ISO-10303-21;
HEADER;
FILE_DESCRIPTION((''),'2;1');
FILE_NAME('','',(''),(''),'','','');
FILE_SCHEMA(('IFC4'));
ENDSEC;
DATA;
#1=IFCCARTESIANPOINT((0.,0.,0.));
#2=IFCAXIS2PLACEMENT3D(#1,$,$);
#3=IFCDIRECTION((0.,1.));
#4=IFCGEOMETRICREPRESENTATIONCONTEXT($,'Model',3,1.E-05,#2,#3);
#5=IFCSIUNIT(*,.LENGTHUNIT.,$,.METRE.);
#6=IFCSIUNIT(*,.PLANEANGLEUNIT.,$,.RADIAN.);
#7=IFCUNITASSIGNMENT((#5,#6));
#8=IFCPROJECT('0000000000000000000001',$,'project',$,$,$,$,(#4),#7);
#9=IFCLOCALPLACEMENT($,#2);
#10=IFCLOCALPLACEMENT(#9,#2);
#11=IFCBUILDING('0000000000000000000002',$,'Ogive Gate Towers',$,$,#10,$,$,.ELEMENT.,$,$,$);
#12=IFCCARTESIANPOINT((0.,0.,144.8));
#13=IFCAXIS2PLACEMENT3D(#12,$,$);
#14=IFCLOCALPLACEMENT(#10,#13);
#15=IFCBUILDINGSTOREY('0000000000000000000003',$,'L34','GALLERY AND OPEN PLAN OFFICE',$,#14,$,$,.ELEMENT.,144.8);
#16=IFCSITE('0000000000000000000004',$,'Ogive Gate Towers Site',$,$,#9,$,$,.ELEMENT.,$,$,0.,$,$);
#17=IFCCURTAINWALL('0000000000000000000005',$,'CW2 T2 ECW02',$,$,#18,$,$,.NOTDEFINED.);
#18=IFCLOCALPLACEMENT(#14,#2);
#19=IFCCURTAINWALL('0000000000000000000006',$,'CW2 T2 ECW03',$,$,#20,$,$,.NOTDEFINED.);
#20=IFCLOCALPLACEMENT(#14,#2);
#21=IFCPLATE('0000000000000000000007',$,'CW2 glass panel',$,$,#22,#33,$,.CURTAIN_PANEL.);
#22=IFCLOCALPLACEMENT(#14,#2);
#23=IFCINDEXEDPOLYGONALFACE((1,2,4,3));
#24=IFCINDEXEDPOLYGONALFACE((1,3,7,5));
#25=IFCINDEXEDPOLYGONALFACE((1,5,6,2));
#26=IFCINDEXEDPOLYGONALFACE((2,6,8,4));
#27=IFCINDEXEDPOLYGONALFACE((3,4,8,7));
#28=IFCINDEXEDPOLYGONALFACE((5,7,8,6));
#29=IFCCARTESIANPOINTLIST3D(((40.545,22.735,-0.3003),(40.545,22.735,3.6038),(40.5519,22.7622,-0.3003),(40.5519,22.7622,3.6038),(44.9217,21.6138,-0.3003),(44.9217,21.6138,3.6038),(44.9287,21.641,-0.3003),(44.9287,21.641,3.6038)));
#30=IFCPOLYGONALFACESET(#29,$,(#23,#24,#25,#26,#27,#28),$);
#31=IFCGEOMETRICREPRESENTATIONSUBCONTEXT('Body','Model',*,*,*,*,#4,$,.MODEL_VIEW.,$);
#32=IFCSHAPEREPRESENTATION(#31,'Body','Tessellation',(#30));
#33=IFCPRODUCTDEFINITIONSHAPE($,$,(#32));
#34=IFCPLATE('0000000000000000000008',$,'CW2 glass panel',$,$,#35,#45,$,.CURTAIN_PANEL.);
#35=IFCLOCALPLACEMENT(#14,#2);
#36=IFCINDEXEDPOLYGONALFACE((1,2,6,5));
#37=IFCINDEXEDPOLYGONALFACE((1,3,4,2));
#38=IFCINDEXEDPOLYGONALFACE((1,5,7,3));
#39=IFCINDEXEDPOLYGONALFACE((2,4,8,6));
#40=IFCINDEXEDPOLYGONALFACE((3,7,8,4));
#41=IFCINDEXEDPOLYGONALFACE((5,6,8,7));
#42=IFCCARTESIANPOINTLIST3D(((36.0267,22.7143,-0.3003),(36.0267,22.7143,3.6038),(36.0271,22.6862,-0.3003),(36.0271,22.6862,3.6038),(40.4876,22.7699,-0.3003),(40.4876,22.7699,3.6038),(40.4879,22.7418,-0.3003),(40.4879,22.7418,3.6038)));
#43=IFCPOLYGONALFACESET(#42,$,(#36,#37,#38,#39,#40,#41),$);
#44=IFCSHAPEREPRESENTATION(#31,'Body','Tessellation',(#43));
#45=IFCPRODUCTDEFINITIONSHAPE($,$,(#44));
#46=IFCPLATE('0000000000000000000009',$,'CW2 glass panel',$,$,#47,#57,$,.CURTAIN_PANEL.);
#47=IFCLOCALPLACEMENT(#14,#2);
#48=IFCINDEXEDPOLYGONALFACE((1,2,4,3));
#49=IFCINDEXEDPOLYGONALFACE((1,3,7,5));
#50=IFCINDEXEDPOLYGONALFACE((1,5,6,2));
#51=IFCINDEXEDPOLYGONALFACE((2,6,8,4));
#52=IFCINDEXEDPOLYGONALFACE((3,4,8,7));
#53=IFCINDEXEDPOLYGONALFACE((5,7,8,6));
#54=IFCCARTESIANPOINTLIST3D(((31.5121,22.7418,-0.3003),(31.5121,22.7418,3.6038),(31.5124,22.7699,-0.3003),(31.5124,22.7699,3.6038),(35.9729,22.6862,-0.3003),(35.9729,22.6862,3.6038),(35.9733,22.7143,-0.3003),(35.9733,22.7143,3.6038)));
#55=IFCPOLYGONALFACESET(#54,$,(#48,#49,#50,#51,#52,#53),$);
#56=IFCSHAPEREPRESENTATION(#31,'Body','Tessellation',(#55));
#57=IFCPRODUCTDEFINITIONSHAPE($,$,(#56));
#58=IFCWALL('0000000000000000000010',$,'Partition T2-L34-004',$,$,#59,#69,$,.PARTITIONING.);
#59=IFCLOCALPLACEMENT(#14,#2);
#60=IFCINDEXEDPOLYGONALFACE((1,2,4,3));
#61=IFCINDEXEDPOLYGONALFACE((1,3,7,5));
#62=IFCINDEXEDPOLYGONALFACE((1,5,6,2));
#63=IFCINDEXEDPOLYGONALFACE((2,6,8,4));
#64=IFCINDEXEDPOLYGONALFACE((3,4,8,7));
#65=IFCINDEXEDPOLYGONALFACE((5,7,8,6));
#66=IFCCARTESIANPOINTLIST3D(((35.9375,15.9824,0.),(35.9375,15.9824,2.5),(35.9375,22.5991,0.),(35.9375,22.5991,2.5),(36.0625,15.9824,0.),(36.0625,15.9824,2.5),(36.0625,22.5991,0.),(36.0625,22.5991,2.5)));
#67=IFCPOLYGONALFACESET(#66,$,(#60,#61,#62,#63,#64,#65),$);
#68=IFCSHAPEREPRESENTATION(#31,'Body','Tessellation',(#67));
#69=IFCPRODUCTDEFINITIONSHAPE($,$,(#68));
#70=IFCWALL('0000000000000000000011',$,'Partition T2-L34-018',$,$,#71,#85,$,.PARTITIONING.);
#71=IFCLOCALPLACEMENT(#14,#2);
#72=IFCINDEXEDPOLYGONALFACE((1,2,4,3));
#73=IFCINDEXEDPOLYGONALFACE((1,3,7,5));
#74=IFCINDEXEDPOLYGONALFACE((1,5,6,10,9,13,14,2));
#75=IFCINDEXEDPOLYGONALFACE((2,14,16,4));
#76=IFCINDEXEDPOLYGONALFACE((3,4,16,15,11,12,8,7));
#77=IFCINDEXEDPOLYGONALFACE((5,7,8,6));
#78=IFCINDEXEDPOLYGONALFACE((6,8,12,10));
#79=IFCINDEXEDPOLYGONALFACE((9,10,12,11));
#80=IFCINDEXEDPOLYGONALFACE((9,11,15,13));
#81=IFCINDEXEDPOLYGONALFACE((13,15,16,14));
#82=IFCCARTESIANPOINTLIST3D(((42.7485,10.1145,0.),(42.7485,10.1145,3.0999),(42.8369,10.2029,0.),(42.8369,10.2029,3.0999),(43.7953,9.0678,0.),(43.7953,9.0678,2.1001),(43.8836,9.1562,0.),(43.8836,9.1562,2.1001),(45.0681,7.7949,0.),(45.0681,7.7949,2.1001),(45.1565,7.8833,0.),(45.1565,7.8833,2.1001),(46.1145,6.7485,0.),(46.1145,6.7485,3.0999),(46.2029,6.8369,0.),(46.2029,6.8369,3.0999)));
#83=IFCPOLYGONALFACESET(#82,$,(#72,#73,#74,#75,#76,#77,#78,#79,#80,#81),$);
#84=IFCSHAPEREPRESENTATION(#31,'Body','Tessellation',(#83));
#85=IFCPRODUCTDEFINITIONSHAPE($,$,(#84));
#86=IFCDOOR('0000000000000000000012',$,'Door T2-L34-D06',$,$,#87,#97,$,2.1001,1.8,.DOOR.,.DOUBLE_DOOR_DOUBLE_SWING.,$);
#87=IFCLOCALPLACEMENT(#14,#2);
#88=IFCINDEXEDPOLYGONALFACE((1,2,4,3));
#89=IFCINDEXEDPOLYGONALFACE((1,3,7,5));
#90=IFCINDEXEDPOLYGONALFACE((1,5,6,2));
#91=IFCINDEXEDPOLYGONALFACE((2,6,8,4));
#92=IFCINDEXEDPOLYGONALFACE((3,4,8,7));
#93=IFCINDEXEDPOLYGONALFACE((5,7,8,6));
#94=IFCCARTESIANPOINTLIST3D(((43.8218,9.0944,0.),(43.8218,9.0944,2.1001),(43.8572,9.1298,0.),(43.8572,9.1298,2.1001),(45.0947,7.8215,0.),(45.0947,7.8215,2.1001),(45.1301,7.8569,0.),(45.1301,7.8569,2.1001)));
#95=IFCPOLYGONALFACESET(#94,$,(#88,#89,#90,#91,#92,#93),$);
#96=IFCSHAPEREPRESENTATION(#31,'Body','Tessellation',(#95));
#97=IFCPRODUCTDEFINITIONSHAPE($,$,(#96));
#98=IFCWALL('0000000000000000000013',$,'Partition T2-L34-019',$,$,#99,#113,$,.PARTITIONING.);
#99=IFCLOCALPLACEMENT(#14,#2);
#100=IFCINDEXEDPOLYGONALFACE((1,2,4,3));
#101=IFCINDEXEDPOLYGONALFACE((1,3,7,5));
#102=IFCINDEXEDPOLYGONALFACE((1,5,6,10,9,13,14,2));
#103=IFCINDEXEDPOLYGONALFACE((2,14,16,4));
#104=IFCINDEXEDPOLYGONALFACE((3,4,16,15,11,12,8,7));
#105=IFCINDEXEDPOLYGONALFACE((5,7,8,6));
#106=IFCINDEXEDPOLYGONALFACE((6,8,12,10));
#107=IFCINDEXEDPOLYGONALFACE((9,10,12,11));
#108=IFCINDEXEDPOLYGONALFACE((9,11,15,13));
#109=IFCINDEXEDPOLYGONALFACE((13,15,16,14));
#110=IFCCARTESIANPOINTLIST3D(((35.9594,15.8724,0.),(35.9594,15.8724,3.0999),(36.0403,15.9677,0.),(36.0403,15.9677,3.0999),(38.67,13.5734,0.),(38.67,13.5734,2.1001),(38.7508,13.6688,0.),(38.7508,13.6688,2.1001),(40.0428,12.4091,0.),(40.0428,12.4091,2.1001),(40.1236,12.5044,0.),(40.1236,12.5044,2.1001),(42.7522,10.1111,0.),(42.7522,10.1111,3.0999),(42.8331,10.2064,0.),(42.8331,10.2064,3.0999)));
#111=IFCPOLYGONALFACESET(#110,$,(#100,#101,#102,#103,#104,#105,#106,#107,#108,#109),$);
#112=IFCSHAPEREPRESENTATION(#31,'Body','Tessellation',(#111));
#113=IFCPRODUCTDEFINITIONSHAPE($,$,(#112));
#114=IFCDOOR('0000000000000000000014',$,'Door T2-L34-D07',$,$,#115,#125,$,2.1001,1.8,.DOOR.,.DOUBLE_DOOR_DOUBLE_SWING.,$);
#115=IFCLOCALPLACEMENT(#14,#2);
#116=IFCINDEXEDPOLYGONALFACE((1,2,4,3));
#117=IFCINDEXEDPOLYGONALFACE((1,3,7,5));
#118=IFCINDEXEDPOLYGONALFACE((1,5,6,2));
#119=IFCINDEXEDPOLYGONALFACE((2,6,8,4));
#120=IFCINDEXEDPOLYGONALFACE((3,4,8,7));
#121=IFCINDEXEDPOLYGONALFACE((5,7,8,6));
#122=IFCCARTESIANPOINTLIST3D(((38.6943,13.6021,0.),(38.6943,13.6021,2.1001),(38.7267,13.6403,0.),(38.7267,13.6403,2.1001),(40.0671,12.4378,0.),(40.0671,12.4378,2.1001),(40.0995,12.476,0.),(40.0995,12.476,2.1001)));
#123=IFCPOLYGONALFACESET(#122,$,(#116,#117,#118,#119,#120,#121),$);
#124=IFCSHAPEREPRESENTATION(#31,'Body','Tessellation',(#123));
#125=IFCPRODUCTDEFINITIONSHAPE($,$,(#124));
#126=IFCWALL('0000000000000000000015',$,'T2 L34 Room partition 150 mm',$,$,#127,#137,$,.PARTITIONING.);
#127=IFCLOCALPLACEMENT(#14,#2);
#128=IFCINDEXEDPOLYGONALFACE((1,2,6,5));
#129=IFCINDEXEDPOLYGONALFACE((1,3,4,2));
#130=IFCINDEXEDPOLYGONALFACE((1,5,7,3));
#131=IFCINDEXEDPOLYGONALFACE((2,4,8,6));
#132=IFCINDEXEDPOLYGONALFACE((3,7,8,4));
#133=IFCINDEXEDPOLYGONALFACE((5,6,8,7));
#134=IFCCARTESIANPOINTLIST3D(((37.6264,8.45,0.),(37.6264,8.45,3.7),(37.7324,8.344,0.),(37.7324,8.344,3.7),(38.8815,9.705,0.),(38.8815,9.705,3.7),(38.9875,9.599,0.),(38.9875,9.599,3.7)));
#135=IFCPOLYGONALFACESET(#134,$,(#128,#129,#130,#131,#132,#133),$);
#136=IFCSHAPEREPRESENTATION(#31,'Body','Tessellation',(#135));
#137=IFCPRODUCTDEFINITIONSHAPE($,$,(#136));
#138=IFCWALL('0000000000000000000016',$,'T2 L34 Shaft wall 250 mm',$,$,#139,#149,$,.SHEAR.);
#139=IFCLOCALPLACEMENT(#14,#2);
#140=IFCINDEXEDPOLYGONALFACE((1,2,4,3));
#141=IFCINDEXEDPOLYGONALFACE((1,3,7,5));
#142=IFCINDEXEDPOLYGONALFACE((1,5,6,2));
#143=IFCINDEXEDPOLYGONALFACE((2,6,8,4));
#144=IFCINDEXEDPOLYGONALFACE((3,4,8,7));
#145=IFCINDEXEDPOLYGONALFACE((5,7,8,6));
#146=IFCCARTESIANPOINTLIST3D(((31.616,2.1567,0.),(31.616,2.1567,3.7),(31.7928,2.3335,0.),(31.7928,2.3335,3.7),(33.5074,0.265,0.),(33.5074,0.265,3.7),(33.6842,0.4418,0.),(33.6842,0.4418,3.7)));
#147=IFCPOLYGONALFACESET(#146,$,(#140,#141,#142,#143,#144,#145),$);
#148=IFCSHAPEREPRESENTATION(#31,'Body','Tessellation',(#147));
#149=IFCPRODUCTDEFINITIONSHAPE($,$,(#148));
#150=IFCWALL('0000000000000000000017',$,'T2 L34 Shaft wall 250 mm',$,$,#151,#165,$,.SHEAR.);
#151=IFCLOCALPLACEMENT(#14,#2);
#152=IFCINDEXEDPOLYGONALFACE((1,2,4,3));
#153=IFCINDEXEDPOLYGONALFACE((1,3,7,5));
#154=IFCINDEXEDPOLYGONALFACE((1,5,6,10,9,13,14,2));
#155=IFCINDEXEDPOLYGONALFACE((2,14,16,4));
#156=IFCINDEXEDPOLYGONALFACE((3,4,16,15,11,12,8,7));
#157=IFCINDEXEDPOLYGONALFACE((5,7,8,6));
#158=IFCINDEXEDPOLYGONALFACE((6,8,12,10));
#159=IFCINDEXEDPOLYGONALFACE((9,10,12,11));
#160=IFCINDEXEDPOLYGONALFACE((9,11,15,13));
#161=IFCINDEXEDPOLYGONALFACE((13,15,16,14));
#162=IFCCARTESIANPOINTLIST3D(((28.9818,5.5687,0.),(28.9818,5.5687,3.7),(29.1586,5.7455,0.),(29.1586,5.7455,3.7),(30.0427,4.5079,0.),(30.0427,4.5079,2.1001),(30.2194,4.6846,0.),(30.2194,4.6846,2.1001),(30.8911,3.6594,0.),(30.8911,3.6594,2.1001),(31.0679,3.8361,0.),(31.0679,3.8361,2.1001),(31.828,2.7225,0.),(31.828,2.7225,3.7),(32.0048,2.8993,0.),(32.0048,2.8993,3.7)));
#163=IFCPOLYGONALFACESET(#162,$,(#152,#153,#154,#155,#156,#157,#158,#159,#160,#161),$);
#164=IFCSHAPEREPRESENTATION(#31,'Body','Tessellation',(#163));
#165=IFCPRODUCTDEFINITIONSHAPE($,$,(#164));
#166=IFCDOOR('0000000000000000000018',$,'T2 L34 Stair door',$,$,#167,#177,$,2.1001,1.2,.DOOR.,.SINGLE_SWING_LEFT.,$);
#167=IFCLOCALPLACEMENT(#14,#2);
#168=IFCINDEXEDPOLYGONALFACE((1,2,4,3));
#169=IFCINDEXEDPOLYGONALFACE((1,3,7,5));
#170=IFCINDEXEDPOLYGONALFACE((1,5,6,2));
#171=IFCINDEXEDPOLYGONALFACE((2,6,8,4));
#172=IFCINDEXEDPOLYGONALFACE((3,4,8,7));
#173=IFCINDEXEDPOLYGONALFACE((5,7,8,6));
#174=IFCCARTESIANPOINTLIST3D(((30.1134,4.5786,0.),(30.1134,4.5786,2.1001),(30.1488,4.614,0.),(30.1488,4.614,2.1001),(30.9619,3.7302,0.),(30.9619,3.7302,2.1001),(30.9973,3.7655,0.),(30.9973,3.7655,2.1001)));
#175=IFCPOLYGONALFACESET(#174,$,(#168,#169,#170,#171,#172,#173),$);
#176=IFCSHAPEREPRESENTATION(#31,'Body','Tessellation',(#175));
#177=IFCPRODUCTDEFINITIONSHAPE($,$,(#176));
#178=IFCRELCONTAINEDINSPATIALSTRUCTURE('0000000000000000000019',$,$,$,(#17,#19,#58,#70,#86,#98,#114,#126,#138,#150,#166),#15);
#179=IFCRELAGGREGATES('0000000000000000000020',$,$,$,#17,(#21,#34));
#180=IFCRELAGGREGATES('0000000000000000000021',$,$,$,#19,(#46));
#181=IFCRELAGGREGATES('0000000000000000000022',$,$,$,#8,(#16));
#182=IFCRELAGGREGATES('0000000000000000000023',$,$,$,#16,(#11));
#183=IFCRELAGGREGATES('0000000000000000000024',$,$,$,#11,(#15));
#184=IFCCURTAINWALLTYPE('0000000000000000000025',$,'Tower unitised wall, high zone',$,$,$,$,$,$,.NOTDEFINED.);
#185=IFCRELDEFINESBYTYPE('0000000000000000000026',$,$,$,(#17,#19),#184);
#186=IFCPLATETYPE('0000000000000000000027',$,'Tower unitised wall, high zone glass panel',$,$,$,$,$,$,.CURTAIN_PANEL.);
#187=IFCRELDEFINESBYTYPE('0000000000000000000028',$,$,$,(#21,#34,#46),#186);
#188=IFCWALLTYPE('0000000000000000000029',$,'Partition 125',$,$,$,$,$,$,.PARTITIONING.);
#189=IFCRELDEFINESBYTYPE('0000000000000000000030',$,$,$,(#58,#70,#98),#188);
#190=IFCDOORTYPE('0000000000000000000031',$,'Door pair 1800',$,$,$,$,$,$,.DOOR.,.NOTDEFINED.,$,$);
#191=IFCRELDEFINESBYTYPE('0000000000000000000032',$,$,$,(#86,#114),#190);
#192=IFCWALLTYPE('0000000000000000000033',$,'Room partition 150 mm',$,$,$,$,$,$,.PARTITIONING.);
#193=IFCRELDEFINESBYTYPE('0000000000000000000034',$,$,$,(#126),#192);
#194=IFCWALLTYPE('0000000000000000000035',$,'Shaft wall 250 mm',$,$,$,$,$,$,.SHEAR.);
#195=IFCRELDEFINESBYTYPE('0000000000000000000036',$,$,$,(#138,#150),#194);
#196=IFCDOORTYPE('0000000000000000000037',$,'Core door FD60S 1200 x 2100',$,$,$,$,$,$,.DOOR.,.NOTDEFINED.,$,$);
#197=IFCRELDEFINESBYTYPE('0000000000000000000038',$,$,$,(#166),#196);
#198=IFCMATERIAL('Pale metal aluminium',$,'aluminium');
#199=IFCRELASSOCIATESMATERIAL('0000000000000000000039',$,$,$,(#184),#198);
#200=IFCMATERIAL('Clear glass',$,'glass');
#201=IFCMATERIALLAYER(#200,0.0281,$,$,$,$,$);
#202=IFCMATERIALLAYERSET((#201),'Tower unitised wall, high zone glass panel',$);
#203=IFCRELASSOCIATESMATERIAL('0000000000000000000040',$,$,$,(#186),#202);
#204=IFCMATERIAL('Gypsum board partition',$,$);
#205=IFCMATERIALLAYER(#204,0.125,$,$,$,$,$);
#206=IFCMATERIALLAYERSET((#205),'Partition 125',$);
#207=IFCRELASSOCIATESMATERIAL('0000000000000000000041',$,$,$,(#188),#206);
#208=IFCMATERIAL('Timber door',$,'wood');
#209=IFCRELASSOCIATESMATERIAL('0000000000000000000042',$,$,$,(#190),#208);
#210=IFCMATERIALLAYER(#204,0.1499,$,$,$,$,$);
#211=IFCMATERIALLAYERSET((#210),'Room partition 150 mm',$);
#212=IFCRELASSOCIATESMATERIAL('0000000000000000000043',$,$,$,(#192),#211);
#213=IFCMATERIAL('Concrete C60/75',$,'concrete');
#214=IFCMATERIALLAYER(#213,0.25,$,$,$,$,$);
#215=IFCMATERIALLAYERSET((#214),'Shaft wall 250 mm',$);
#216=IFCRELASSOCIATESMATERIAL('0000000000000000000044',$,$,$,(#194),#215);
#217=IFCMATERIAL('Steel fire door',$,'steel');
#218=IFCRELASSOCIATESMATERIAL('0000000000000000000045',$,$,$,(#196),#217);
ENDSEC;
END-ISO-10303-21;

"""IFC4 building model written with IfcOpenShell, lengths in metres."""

from ifc_helpers import new_model, si_unit, direction, frame, frame_2d, origin, origin_2d, place, context, subcontext, project, spatial, rectangle, extrude, material, layer, layer_set, type_object, element, fill, aggregate, save


model = new_model("IFC4")

# Units and contexts
model_context = context("Model", 3, precision=1e-05, world=origin(), true_north=direction((0.0, 1.0)))
body_context = subcontext(model_context, "Body", "Model", "MODEL_VIEW")
ifc_project = project(units=[si_unit("LENGTHUNIT", "METRE"), si_unit("PLANEANGLEUNIT", "RADIAN")], contexts=[model_context])

# Site, building, storey
site_placement = place(None, origin())
site = spatial("IfcSite", under=ifc_project, at=site_placement, Name="Ogive Gate Towers Site", CompositionType="ELEMENT", RefElevation=0.0)
building_placement = place(site_placement, origin())
building = spatial("IfcBuilding", under=site, at=building_placement, Name="Ogive Gate Towers", CompositionType="ELEMENT")
storey_placement = place(building_placement, frame((0.0, 0.0, 144.8)))
storey = spatial("IfcBuildingStorey", under=building, at=storey_placement, Name="L34", Description="GALLERY AND OPEN PLAN OFFICE", CompositionType="ELEMENT", Elevation=144.8)

# Curtain wall
ifc_material_1 = material(Name="Pale metal aluminium", Category="aluminium")
curtain_wall_type = type_object("IfcCurtainWallType", Name="Tower unitised wall, high zone", PredefinedType="NOTDEFINED", material=ifc_material_1)
curtain_wall_1_placement = place(storey_placement, origin())
curtain_wall_1 = element("IfcCurtainWall", 1, at=curtain_wall_1_placement, inside=storey, type_object=curtain_wall_type, Name="CW2 T2 ECW02", PredefinedType="NOTDEFINED")

# Curtain wall
curtain_wall_2_placement = place(storey_placement, origin())
curtain_wall_2 = element("IfcCurtainWall", 2, at=curtain_wall_2_placement, inside=storey, type_object=curtain_wall_type, Name="CW2 T2 ECW03", PredefinedType="NOTDEFINED")

# Plates
ifc_material_2 = material(Name="Clear glass", Category="glass")
ifc_layer_1 = layer(ifc_material_2, 0.0281)
ifc_layer_set_1 = layer_set([ifc_layer_1], Name="Tower unitised wall, high zone glass panel")
plate_type = type_object("IfcPlateType", Name="Tower unitised wall, high zone glass panel", PredefinedType="CURTAIN_PANEL", material=ifc_layer_set_1)
plate_1_placement = place(storey_placement, frame((42.7368, 22.188, -0.3003), z_axis=(0.0, 0.0, 1.0), x_axis=(-0.968718, 0.248166, 0.0)))
plate_1 = element("IfcPlate", 3, at=plate_1_placement, type_object=plate_type, Name="CW2 glass panel", PredefinedType="CURTAIN_PANEL", context=body_context, shape_type="SweptSolid", body=[
    extrude(rectangle(XDim=4.5181, YDim=0.0281, at=origin_2d()), origin(), (0.0, 0.0, 1.0), 3.9041),
])
plate_2_placement = place(storey_placement, frame((38.2573, 22.728, -0.3003), z_axis=(0.0, 0.0, 1.0), x_axis=(-0.999922, -0.012461, 0.0)))
plate_2 = element("IfcPlate", 4, at=plate_2_placement, type_object=plate_type, Name="CW2 glass panel", PredefinedType="CURTAIN_PANEL", context=body_context, shape_type="SweptSolid", body=[
    extrude(rectangle(XDim=4.4612, YDim=0.0281, at=origin_2d()), origin(), (0.0, 0.0, 1.0), 3.9041),
])
aggregate(curtain_wall_1, [plate_1, plate_2])
plate_3_placement = place(storey_placement, frame((33.7427, 22.728, -0.3003), z_axis=(0.0, 0.0, 1.0), x_axis=(-0.999922, 0.012461, 0.0)))
plate_3 = element("IfcPlate", 5, at=plate_3_placement, type_object=plate_type, Name="CW2 glass panel", PredefinedType="CURTAIN_PANEL", context=body_context, shape_type="SweptSolid", body=[
    extrude(rectangle(XDim=4.4612, YDim=0.0281, at=origin_2d()), origin(), (0.0, 0.0, 1.0), 3.9041),
])
aggregate(curtain_wall_2, [plate_3])

# Wall
ifc_material_3 = material(Name="Gypsum board partition")
ifc_layer_2 = layer(ifc_material_3, 0.125)
ifc_layer_set_2 = layer_set([ifc_layer_2], Name="Partition 125")
wall_type_1 = type_object("IfcWallType", Name="Partition 125", PredefinedType="PARTITIONING", material=ifc_layer_set_2)
wall_1_placement = place(storey_placement, frame((36.0, 22.5991, 0.0), z_axis=(0.0, 0.0, 1.0), x_axis=(0.0, -1.0, 0.0)))
element("IfcWall", 6, at=wall_1_placement, inside=storey, type_object=wall_type_1, Name="Partition T2-L34-004", PredefinedType="PARTITIONING", context=body_context, shape_type="SweptSolid", body=[
    extrude(rectangle(XDim=6.6167, YDim=0.125, at=frame_2d((3.3083, 0.0))), origin(), (0.0, 0.0, 1.0), 2.5),
])

# Walls, openings, doors
wall_2_placement = place(storey_placement, frame((46.1587, 6.7927, 0.0), z_axis=(0.0, 0.0, 1.0), x_axis=(-0.707107, 0.707107, 0.0)))
wall_2 = element("IfcWall", 7, at=wall_2_placement, inside=storey, type_object=wall_type_1, Name="Partition T2-L34-018", PredefinedType="PARTITIONING", context=body_context, shape_type="SweptSolid", body=[
    extrude(rectangle(XDim=4.7603, YDim=0.125, at=frame_2d((2.3801, 0.0))), origin(), (0.0, 0.0, 1.0), 3.0999),
])
opening_1_placement = place(wall_2_placement, frame((1.48, 0.0, 0.0)))
opening_1 = element("IfcOpeningElement", 8, at=opening_1_placement, cuts=wall_2, PredefinedType="OPENING", context=body_context, shape_type="SweptSolid", body=[
    extrude(rectangle(XDim=1.8, YDim=2.1001, at=frame_2d((0.8999, 1.05))), frame((0.0, 0.0725, 0.0), z_axis=(0.0, -1.0, 0.0), x_axis=(1.0, 0.0, 0.0)), (0.0, 0.0, 1.0), 0.145),
])
ifc_material_4 = material(Name="Timber door", Category="wood")
door_type_1 = type_object("IfcDoorType", Name="Door pair 1800", OperationType="NOTDEFINED", PredefinedType="DOOR", material=ifc_material_4)
door_1_placement = place(opening_1_placement, origin())
door_1 = element("IfcDoor", 9, at=door_1_placement, inside=storey, type_object=door_type_1, Name="Door T2-L34-D06", OperationType="DOUBLE_DOOR_DOUBLE_SWING", OverallHeight=2.1001, OverallWidth=1.8, PredefinedType="DOOR", context=body_context, shape_type="SweptSolid", body=[
    extrude(rectangle(XDim=1.8, YDim=2.1001, at=frame_2d((0.8999, 1.05))), frame((0.0, 0.0249, 0.0), z_axis=(0.0, -1.0, 0.0), x_axis=(1.0, 0.0, 0.0)), (0.0, 0.0, 1.0), 0.05),
])
fill(opening_1, door_1)
wall_3_placement = place(storey_placement, frame((42.7927, 10.1587, 0.0), z_axis=(0.0, 0.0, 1.0), x_axis=(-0.762636, 0.646828, 0.0)))
wall_3 = element("IfcWall", 10, at=wall_3_placement, inside=storey, type_object=wall_type_1, Name="Partition T2-L34-019", PredefinedType="PARTITIONING", context=body_context, shape_type="SweptSolid", body=[
    extrude(rectangle(XDim=8.907, YDim=0.125, at=frame_2d((4.4536, 0.0))), origin(), (0.0, 0.0, 1.0), 3.0999),
])
opening_2_placement = place(wall_3_placement, frame((3.553, 0.0, 0.0)))
opening_2 = element("IfcOpeningElement", 11, at=opening_2_placement, cuts=wall_3, PredefinedType="OPENING", context=body_context, shape_type="SweptSolid", body=[
    extrude(rectangle(XDim=1.8, YDim=2.1001, at=frame_2d((0.8999, 1.05))), frame((0.0, 0.0725, 0.0), z_axis=(0.0, -1.0, 0.0), x_axis=(1.0, 0.0, 0.0)), (0.0, 0.0, 1.0), 0.145),
])
door_2_placement = place(opening_2_placement, origin())
door_2 = element("IfcDoor", 12, at=door_2_placement, inside=storey, type_object=door_type_1, Name="Door T2-L34-D07", OperationType="DOUBLE_DOOR_DOUBLE_SWING", OverallHeight=2.1001, OverallWidth=1.8, PredefinedType="DOOR", context=body_context, shape_type="SweptSolid", body=[
    extrude(rectangle(XDim=1.8, YDim=2.1001, at=frame_2d((0.8999, 1.05))), frame((0.0, 0.0249, 0.0), z_axis=(0.0, -1.0, 0.0), x_axis=(1.0, 0.0, 0.0)), (0.0, 0.0, 1.0), 0.05),
])
fill(opening_2, door_2)

# Walls
ifc_layer_3 = layer(ifc_material_3, 0.1499)
ifc_layer_set_3 = layer_set([ifc_layer_3], Name="Room partition 150 mm")
wall_type_2 = type_object("IfcWallType", Name="Room partition 150 mm", PredefinedType="PARTITIONING", material=ifc_layer_set_3)
wall_4_placement = place(storey_placement, frame((37.6794, 8.397, 0.0), z_axis=(0.0, 0.0, 1.0), x_axis=(0.707107, 0.707107, 0.0)))
element("IfcWall", 13, at=wall_4_placement, inside=storey, type_object=wall_type_2, Name="T2 L34 Room partition 150 mm", PredefinedType="PARTITIONING", context=body_context, shape_type="SweptSolid", body=[
    extrude(rectangle(XDim=1.7749, YDim=0.1499, at=frame_2d((0.8875, 0.0))), origin(), (0.0, 0.0, 1.0), 3.7),
])
ifc_material_5 = material(Name="Concrete C60/75", Category="concrete")
ifc_layer_4 = layer(ifc_material_5, 0.25)
ifc_layer_set_4 = layer_set([ifc_layer_4], Name="Shaft wall 250 mm")
wall_type_3 = type_object("IfcWallType", Name="Shaft wall 250 mm", PredefinedType="SHEAR", material=ifc_layer_set_4)
wall_5_placement = place(storey_placement, frame((33.5957, 0.3535, 0.0), z_axis=(0.0, 0.0, 1.0), x_axis=(-0.707061, 0.707152, 0.0)))
element("IfcWall", 14, at=wall_5_placement, inside=storey, type_object=wall_type_3, Name="T2 L34 Shaft wall 250 mm", PredefinedType="SHEAR", context=body_context, shape_type="SweptSolid", body=[
    extrude(rectangle(XDim=2.675, YDim=0.25, at=frame_2d((1.3374, 0.0))), origin(), (0.0, 0.0, 1.0), 3.7),
])

# Wall, opening, door
wall_6_placement = place(storey_placement, frame((31.9165, 2.8108, 0.0), z_axis=(0.0, 0.0, 1.0), x_axis=(-0.707107, 0.707107, 0.0)))
wall_6 = element("IfcWall", 15, at=wall_6_placement, inside=storey, type_object=wall_type_3, Name="T2 L34 Shaft wall 250 mm", PredefinedType="SHEAR", context=body_context, shape_type="SweptSolid", body=[
    extrude(rectangle(XDim=4.0251, YDim=0.25, at=frame_2d((2.0127, 0.0))), origin(), (0.0, 0.0, 1.0), 3.7),
])
opening_3_placement = place(wall_6_placement, frame((1.325, 0.0, 0.0)))
opening_3 = element("IfcOpeningElement", 16, at=opening_3_placement, cuts=wall_6, PredefinedType="OPENING", context=body_context, shape_type="SweptSolid", body=[
    extrude(rectangle(XDim=1.2, YDim=2.1001, at=frame_2d((0.6001, 1.05))), frame((0.0, 0.135, 0.0), z_axis=(0.0, -1.0, 0.0), x_axis=(1.0, 0.0, 0.0)), (0.0, 0.0, 1.0), 0.27),
])
ifc_material_6 = material(Name="Steel fire door", Category="steel")
door_type_2 = type_object("IfcDoorType", Name="Core door FD60S 1200 x 2100", OperationType="NOTDEFINED", PredefinedType="DOOR", material=ifc_material_6)
door_3_placement = place(opening_3_placement, origin())
door_3 = element("IfcDoor", 17, at=door_3_placement, inside=storey, type_object=door_type_2, Name="T2 L34 Stair door", OperationType="SINGLE_SWING_LEFT", OverallHeight=2.1001, OverallWidth=1.2, PredefinedType="DOOR", context=body_context, shape_type="SweptSolid", body=[
    extrude(rectangle(XDim=1.2, YDim=2.1001, at=frame_2d((0.6001, 1.05))), frame((0.0, 0.0249, 0.0), z_axis=(0.0, -1.0, 0.0), x_axis=(1.0, 0.0, 0.0)), (0.0, 0.0, 1.0), 0.05),
])
fill(opening_3, door_3)

save(model, "model.ifc")
